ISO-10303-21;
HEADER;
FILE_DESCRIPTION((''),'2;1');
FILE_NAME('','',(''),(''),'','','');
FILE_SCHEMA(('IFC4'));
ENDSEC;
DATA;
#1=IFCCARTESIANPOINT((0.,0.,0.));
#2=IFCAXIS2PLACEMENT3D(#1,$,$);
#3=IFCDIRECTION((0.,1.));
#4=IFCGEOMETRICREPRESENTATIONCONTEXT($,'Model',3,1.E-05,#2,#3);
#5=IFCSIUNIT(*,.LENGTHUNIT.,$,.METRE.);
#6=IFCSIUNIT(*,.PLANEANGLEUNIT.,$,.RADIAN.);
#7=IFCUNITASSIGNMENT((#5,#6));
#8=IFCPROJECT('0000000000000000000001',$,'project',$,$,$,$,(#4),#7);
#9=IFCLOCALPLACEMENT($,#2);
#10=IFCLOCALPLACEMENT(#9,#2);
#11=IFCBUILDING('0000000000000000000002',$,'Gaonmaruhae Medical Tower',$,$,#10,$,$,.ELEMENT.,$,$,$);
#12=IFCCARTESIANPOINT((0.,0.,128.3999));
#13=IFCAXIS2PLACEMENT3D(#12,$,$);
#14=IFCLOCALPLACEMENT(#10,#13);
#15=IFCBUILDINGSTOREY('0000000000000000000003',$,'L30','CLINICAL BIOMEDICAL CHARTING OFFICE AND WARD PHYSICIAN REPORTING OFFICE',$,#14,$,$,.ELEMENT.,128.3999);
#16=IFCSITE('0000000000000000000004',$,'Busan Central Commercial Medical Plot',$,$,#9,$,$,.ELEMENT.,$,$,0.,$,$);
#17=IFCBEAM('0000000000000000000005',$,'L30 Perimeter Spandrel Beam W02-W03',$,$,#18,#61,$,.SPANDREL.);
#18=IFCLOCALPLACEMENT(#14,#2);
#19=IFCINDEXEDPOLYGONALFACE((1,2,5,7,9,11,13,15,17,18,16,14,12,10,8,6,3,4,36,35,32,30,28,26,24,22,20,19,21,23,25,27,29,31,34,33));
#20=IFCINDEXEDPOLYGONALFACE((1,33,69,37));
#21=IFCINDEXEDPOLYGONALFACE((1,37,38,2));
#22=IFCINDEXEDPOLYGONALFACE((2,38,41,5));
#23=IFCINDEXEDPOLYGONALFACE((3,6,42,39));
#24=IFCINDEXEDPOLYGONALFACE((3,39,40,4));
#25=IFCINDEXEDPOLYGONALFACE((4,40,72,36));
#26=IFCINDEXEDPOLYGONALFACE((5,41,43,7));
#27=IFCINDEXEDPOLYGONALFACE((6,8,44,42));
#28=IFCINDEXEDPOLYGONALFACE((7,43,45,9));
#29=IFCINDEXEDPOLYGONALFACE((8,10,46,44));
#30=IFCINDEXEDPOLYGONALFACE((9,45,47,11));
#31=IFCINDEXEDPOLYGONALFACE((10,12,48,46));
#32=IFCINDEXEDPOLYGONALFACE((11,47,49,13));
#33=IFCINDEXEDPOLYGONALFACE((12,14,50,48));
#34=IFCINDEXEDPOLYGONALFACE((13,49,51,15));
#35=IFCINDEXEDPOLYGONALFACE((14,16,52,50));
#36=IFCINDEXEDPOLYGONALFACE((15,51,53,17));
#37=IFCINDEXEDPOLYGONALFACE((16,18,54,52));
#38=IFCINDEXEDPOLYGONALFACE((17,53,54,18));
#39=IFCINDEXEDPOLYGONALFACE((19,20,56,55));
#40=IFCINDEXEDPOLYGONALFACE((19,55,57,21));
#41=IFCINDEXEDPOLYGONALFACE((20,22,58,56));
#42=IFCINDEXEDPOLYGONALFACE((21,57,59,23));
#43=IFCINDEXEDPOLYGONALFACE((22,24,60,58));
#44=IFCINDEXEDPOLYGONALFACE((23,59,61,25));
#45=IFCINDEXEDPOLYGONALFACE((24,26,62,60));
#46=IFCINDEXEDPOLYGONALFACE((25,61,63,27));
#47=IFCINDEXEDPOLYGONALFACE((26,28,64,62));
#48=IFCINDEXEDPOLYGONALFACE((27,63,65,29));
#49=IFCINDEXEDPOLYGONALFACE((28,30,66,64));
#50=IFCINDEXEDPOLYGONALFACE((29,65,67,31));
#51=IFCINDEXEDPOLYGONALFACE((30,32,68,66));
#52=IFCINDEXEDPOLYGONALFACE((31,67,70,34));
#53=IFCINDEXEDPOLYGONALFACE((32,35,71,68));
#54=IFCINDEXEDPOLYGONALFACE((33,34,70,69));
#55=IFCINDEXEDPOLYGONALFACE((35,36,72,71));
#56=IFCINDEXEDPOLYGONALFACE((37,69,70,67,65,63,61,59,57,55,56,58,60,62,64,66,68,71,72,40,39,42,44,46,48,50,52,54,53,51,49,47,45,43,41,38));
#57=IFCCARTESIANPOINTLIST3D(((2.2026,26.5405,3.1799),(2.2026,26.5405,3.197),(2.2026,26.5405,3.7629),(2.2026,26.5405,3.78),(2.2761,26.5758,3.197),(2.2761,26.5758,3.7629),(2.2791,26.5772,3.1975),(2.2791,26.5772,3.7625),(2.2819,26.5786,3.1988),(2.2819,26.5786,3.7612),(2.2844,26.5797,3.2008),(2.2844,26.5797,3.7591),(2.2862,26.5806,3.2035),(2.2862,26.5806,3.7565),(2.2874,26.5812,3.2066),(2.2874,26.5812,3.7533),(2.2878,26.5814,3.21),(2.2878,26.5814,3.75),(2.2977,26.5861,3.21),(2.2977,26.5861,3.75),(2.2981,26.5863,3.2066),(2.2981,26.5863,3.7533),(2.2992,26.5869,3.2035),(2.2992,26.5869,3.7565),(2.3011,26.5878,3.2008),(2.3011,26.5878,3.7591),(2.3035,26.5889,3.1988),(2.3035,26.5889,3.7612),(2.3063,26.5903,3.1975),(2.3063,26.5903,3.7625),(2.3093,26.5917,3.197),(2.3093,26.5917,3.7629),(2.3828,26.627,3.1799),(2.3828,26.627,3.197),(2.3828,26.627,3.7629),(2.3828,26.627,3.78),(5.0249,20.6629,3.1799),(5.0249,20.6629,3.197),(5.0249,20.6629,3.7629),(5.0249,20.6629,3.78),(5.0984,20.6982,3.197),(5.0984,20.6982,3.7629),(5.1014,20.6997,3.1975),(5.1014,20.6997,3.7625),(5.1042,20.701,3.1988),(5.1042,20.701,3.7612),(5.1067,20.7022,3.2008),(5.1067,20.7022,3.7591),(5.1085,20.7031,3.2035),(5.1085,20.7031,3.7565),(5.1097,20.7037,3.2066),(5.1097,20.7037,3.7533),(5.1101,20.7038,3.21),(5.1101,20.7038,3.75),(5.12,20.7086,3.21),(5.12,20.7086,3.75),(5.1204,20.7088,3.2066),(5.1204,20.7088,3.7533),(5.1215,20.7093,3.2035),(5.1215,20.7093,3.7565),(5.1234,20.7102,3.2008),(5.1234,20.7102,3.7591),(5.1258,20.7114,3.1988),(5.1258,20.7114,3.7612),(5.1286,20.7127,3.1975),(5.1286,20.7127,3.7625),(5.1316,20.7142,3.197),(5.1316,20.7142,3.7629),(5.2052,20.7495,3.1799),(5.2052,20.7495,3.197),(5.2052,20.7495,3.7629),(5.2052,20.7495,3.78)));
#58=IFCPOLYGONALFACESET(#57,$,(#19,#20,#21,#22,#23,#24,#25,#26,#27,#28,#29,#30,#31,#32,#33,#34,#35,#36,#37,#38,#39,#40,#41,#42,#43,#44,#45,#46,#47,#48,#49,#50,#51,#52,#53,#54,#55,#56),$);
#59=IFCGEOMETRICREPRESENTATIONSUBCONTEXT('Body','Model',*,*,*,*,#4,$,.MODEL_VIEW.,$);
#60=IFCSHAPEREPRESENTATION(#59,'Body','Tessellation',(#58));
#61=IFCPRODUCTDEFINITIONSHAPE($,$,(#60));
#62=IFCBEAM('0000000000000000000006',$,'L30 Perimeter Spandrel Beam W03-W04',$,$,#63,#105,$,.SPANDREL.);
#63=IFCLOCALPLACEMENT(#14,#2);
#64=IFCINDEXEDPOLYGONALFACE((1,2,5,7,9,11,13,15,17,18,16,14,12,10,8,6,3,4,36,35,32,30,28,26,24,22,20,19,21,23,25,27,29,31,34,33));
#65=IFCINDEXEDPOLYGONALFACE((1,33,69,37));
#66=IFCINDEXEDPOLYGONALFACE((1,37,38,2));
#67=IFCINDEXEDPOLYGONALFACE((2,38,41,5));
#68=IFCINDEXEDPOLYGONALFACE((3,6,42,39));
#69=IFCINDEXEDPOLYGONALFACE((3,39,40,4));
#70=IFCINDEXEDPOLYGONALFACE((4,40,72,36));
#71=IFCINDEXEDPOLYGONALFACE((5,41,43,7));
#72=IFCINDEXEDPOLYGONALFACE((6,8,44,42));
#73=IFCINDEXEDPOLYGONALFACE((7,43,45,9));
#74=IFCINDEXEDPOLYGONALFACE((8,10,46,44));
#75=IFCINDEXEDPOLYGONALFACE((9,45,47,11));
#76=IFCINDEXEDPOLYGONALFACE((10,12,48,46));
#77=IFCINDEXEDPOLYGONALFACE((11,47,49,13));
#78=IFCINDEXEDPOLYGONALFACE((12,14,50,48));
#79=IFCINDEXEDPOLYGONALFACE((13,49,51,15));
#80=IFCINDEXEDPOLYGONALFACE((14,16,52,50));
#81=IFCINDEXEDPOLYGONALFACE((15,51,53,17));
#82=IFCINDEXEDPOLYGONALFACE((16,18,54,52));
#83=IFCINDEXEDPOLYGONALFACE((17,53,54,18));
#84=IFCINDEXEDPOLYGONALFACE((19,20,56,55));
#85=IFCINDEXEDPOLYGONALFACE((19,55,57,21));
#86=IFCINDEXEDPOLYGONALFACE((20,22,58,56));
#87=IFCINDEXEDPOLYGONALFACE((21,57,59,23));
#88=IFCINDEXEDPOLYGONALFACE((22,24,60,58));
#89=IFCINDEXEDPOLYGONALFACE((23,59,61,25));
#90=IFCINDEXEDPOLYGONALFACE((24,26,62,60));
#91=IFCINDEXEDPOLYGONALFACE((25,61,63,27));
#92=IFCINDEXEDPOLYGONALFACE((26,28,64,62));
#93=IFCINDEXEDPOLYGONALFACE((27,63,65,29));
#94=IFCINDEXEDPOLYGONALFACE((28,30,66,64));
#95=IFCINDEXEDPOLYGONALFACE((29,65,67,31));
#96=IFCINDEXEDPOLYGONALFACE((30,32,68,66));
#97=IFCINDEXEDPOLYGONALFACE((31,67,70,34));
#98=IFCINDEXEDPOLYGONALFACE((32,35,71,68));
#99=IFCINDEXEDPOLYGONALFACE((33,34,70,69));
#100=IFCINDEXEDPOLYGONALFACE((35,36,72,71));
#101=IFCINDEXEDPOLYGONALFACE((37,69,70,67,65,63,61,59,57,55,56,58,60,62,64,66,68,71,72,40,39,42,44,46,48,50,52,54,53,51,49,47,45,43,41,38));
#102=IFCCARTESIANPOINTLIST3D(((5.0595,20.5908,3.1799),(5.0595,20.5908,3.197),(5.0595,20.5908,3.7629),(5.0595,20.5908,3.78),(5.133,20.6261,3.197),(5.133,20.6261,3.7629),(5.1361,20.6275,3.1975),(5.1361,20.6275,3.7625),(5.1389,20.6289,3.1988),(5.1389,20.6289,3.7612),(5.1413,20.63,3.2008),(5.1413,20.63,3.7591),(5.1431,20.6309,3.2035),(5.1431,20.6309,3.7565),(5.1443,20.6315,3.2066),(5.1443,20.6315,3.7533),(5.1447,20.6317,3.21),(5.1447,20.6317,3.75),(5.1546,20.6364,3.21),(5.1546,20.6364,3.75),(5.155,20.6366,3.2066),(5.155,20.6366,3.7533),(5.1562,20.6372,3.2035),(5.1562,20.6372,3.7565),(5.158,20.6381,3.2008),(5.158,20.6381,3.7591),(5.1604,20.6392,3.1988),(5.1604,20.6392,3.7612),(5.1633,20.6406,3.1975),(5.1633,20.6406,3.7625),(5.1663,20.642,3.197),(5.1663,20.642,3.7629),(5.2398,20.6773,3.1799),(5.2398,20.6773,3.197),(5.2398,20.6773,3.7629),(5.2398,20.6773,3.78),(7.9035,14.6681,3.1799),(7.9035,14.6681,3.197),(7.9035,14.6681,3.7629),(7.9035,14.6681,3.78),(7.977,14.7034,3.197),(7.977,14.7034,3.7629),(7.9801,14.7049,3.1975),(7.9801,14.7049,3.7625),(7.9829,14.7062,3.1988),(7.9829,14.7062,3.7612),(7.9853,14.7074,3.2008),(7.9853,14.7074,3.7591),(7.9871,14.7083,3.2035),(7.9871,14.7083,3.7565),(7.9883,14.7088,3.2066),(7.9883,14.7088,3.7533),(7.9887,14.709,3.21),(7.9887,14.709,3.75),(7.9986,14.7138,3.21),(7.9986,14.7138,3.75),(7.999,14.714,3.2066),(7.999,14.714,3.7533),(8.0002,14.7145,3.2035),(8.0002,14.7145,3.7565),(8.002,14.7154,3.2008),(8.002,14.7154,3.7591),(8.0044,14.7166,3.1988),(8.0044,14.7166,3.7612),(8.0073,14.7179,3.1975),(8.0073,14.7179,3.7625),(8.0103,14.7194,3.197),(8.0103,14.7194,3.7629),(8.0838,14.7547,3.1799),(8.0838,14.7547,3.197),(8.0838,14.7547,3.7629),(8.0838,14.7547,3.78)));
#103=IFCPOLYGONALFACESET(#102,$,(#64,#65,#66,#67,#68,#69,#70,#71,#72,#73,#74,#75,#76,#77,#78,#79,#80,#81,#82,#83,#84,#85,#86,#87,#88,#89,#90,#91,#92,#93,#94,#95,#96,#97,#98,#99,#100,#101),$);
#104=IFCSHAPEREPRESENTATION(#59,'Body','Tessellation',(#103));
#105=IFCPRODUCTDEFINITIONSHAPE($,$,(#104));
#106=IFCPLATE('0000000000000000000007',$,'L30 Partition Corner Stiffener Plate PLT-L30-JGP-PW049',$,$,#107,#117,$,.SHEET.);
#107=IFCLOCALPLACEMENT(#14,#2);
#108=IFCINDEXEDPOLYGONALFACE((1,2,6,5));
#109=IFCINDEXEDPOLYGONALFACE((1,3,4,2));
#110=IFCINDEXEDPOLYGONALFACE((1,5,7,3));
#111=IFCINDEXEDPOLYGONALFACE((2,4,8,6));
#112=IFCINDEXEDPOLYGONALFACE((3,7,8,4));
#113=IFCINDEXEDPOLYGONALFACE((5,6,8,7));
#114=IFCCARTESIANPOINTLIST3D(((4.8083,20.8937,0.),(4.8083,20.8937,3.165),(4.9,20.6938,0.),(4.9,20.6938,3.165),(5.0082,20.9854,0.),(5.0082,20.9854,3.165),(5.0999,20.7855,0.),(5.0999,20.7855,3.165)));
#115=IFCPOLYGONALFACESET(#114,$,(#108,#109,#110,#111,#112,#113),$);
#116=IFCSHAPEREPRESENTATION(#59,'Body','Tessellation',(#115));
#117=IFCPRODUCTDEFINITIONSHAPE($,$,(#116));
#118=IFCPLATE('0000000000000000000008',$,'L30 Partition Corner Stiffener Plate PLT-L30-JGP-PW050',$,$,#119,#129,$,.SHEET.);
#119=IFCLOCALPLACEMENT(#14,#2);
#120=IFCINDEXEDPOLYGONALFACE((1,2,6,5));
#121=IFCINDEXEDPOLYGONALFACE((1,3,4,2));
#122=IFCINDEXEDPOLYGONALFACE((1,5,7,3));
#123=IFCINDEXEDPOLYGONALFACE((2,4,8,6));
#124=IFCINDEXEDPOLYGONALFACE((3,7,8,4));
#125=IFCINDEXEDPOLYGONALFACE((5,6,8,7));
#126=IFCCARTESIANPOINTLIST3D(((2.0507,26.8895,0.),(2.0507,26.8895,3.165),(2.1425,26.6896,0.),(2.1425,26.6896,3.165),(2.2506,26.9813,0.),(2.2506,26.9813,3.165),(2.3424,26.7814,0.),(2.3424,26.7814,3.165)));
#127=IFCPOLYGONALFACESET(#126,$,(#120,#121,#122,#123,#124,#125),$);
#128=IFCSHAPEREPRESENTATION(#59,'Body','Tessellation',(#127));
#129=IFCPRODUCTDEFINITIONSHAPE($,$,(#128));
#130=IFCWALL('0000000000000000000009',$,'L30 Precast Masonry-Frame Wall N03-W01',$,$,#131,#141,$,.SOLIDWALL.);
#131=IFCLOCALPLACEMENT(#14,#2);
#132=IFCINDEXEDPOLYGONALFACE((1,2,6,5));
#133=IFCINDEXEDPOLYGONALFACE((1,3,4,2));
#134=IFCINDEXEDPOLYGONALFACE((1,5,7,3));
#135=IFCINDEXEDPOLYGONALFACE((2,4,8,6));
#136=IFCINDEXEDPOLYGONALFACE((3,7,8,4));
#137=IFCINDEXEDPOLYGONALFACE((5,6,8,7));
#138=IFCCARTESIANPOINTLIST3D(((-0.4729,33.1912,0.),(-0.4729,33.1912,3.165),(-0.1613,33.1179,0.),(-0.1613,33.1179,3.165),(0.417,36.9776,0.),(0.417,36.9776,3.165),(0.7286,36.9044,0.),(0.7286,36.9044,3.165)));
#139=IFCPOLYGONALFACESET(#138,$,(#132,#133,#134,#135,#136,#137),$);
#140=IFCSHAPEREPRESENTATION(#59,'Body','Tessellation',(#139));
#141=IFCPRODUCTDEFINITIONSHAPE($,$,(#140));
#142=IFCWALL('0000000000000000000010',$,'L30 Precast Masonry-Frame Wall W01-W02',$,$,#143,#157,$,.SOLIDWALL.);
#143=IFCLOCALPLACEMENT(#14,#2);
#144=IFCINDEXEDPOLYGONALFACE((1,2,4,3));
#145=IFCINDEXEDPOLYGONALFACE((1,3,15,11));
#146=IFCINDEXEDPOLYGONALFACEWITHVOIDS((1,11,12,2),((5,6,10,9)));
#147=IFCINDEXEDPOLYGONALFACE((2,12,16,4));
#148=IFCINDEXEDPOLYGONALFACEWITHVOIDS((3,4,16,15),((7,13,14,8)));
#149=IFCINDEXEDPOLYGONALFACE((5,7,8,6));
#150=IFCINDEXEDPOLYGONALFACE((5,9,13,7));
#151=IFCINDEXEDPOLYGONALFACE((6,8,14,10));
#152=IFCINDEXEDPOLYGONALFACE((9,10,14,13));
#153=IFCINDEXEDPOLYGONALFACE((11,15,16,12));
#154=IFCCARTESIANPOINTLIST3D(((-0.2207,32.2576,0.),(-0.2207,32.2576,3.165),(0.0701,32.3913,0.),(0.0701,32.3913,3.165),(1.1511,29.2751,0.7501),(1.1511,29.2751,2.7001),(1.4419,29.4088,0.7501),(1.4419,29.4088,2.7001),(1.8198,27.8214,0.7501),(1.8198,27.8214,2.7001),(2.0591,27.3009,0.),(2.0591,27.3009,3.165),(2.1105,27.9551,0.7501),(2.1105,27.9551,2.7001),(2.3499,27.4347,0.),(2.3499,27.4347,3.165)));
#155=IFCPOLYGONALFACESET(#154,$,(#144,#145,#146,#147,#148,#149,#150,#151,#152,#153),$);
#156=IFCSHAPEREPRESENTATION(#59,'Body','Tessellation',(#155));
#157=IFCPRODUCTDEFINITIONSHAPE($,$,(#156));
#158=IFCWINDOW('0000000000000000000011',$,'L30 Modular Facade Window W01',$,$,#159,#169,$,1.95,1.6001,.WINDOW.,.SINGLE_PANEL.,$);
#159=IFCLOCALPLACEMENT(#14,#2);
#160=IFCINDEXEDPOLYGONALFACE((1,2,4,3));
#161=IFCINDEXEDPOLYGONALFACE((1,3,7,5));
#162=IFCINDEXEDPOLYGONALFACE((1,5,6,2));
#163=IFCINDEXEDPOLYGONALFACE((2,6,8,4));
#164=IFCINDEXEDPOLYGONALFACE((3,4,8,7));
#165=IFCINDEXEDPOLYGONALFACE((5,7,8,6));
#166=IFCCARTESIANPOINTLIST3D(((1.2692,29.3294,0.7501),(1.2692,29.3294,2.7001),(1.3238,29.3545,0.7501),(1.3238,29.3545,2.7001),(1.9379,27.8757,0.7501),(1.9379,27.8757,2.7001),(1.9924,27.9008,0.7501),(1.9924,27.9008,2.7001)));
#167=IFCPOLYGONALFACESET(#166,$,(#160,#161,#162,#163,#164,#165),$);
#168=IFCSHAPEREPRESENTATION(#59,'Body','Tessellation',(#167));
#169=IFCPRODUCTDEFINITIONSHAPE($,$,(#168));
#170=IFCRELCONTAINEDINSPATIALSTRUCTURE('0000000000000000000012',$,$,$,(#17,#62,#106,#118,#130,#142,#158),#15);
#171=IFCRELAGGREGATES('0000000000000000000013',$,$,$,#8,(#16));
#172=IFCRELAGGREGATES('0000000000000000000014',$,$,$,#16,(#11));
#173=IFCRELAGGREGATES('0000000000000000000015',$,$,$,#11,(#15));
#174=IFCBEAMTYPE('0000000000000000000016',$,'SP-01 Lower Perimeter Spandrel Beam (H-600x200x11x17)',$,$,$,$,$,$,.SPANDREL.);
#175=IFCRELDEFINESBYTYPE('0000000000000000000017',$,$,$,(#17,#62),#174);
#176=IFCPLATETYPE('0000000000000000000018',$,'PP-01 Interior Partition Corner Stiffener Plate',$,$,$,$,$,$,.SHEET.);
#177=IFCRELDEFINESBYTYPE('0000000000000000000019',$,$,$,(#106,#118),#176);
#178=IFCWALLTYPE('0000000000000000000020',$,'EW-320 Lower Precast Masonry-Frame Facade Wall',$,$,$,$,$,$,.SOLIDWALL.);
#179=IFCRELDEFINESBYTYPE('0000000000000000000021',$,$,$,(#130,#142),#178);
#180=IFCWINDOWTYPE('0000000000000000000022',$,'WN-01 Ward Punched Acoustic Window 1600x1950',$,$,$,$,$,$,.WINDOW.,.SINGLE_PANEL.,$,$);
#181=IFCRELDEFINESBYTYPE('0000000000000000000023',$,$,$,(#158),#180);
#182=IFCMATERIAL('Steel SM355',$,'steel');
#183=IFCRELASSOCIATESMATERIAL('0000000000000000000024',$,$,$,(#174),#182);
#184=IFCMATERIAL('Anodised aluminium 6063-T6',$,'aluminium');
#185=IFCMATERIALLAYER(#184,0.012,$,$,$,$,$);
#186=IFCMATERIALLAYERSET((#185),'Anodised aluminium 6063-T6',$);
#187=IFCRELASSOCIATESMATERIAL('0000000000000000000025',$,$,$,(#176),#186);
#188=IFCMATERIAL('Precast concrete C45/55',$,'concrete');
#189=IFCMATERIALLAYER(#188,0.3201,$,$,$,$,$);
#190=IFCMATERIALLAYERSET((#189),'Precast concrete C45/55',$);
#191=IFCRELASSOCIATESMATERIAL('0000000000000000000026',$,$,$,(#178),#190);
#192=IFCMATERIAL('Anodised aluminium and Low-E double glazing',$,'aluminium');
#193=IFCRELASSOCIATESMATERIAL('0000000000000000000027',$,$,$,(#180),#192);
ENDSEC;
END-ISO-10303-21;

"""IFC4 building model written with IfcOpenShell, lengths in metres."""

from ifc_helpers import new_model, si_unit, direction, frame, frame_2d, origin, origin_2d, place, context, subcontext, project, spatial, rectangle, i_section, extrude, material, layer, layer_set, material_profile, profile_set, type_object, element, fill, save


model = new_model("IFC4")

# Units and contexts
model_context = context("Model", 3, precision=1e-05, world=origin(), true_north=direction((0.0, 1.0)))
body_context = subcontext(model_context, "Body", "Model", "MODEL_VIEW")
ifc_project = project(units=[si_unit("LENGTHUNIT", "METRE"), si_unit("PLANEANGLEUNIT", "RADIAN")], contexts=[model_context])

# Site, building, storey
site_placement = place(None, origin())
site = spatial("IfcSite", under=ifc_project, at=site_placement, Name="Busan Central Commercial Medical Plot", CompositionType="ELEMENT", RefElevation=0.0)
building_placement = place(site_placement, origin())
building = spatial("IfcBuilding", under=site, at=building_placement, Name="Gaonmaruhae Medical Tower", CompositionType="ELEMENT")
storey_placement = place(building_placement, frame((0.0, 0.0, 128.3999)))
storey = spatial("IfcBuildingStorey", under=building, at=storey_placement, Name="L30", Description="CLINICAL BIOMEDICAL CHARTING OFFICE AND WARD PHYSICIAN REPORTING OFFICE", CompositionType="ELEMENT", Elevation=128.3999)

# Beams
ifc_material_1 = material(Name="Steel SM355", Category="steel")
ifc_material_profile_1 = material_profile(ifc_material_1, i_section(OverallWidth=0.2, OverallDepth=0.6001, WebThickness=0.011, FlangeThickness=0.0171, FilletRadius=0.0129, at=origin_2d()), Name="H-600x200x11x17")
ifc_profile_set_1 = profile_set([ifc_material_profile_1], Name="Steel SM355")
beam_type_1 = type_object("IfcBeamType", Name="SP-01 Lower Perimeter Spandrel Beam (H-600x200x11x17)", PredefinedType="SPANDREL", material=ifc_profile_set_1)
beam_1_placement = place(storey_placement, frame((2.2927, 26.5837, 3.48), z_axis=(0.432867, -0.901458, 0.0), x_axis=(0.901458, 0.432867, 0.0)))
element("IfcBeam", 1, at=beam_1_placement, inside=storey, type_object=beam_type_1, Name="L30 Perimeter Spandrel Beam W02-W03", PredefinedType="SPANDREL", context=body_context, shape_type="SweptSolid", body=[
    extrude(i_section(OverallWidth=0.2, OverallDepth=0.6001, WebThickness=0.011, FlangeThickness=0.0171, FilletRadius=0.0129, at=origin_2d()), origin(), (0.0, 0.0, 1.0), 6.52),
])
beam_2_placement = place(storey_placement, frame((5.1497, 20.634, 3.48), z_axis=(0.432872, -0.901455, 0.0), x_axis=(0.901455, 0.432872, 0.0)))
element("IfcBeam", 2, at=beam_2_placement, inside=storey, type_object=beam_type_1, Name="L30 Perimeter Spandrel Beam W03-W04", PredefinedType="SPANDREL", context=body_context, shape_type="SweptSolid", body=[
    extrude(i_section(OverallWidth=0.2, OverallDepth=0.6001, WebThickness=0.011, FlangeThickness=0.0171, FilletRadius=0.0129, at=origin_2d()), origin(), (0.0, 0.0, 1.0), 6.5701),
])

# Plates
ifc_material_2 = material(Name="Anodised aluminium 6063-T6", Category="aluminium")
ifc_layer_1 = layer(ifc_material_2, 0.012)
ifc_layer_set_1 = layer_set([ifc_layer_1], Name="Anodised aluminium 6063-T6")
plate_type = type_object("IfcPlateType", Name="PP-01 Interior Partition Corner Stiffener Plate", PredefinedType="SHEET", material=ifc_layer_set_1)
for number, where, z_axis, x_axis, name in (
    (3, (4.9541, 20.8396, 0.0), (0.0, 0.0, 1.0), (-0.417249, 0.908792, 0.0), "L30 Partition Corner Stiffener Plate PLT-L30-JGP-PW049"),
    (4, (2.1965, 26.8354, 0.0), (0.0, 0.0, 1.0), (-0.417407, 0.90872, 0.0), "L30 Partition Corner Stiffener Plate PLT-L30-JGP-PW050"),
):
    element("IfcPlate", number, at=place(storey_placement, frame(where, z_axis=z_axis, x_axis=x_axis)), inside=storey, type_object=plate_type, Name=name, PredefinedType="SHEET", context=body_context, shape_type="SweptSolid", body=[
        extrude(rectangle(XDim=0.22, YDim=0.22, at=origin_2d()), origin(), (0.0, 0.0, 1.0), 3.165),
    ])

# Wall
ifc_material_3 = material(Name="Precast concrete C45/55", Category="concrete")
ifc_layer_2 = layer(ifc_material_3, 0.3201)
ifc_layer_set_2 = layer_set([ifc_layer_2], Name="Precast concrete C45/55")
wall_type_1 = type_object("IfcWallType", Name="EW-320 Lower Precast Masonry-Frame Facade Wall", PredefinedType="SOLIDWALL", material=ifc_layer_set_2)
wall_1_placement = place(storey_placement, frame((-0.3171, 33.1545, 0.0), z_axis=(0.0, 0.0, 1.0), x_axis=(0.228791, 0.973476, 0.0)))
element("IfcWall", 5, at=wall_1_placement, inside=storey, type_object=wall_type_1, Name="L30 Precast Masonry-Frame Wall N03-W01", PredefinedType="SOLIDWALL", context=body_context, shape_type="SweptSolid", body=[
    extrude(rectangle(XDim=3.8896, YDim=0.3201, at=frame_2d((1.9448, 0.0))), origin(), (0.0, 0.0, 1.0), 3.165),
])

# Wall, opening, window
wall_2_placement = place(storey_placement, frame((2.2046, 27.3677, 0.0), z_axis=(0.0, 0.0, 1.0), x_axis=(-0.417872, 0.908506, 0.0)))
wall_2 = element("IfcWall", 6, at=wall_2_placement, inside=storey, type_object=wall_type_1, Name="L30 Precast Masonry-Frame Wall W01-W02", PredefinedType="SOLIDWALL", context=body_context, shape_type="SweptSolid", body=[
    extrude(rectangle(XDim=5.4558, YDim=0.3201, at=frame_2d((2.728, 0.0))), origin(), (0.0, 0.0, 1.0), 3.165),
])
opening_1_placement = place(wall_2_placement, frame((0.573, 0.0, 0.75)))
opening_1 = element("IfcOpeningElement", 7, at=opening_1_placement, cuts=wall_2, PredefinedType="OPENING", context=body_context, shape_type="SweptSolid", body=[
    extrude(rectangle(XDim=1.6001, YDim=1.95, at=frame_2d((0.8, 0.9751))), frame((0.0, 0.1699, 0.0), z_axis=(0.0, -1.0, 0.0), x_axis=(1.0, 0.0, 0.0)), (0.0, 0.0, 1.0), 0.3401),
])
ifc_material_4 = material(Name="Anodised aluminium and Low-E double glazing", Category="aluminium")
window_type_1 = type_object("IfcWindowType", Name="WN-01 Ward Punched Acoustic Window 1600x1950", PartitioningType="SINGLE_PANEL", PredefinedType="WINDOW", material=ifc_material_4)
window_1_placement = place(opening_1_placement, origin())
window_1 = element("IfcWindow", 8, at=window_1_placement, inside=storey, type_object=window_type_1, Name="L30 Modular Facade Window W01", OverallHeight=1.95, OverallWidth=1.6001, PartitioningType="SINGLE_PANEL", PredefinedType="WINDOW", context=body_context, shape_type="SweptSolid", body=[
    extrude(rectangle(XDim=1.6001, YDim=1.95, at=frame_2d((0.8, 0.9751))), frame((0.0, 0.03, 0.0), z_axis=(0.0, -1.0, 0.0), x_axis=(1.0, 0.0, 0.0)), (0.0, 0.0, 1.0), 0.0601),
])
fill(opening_1, window_1)

save(model, "model.ifc")
